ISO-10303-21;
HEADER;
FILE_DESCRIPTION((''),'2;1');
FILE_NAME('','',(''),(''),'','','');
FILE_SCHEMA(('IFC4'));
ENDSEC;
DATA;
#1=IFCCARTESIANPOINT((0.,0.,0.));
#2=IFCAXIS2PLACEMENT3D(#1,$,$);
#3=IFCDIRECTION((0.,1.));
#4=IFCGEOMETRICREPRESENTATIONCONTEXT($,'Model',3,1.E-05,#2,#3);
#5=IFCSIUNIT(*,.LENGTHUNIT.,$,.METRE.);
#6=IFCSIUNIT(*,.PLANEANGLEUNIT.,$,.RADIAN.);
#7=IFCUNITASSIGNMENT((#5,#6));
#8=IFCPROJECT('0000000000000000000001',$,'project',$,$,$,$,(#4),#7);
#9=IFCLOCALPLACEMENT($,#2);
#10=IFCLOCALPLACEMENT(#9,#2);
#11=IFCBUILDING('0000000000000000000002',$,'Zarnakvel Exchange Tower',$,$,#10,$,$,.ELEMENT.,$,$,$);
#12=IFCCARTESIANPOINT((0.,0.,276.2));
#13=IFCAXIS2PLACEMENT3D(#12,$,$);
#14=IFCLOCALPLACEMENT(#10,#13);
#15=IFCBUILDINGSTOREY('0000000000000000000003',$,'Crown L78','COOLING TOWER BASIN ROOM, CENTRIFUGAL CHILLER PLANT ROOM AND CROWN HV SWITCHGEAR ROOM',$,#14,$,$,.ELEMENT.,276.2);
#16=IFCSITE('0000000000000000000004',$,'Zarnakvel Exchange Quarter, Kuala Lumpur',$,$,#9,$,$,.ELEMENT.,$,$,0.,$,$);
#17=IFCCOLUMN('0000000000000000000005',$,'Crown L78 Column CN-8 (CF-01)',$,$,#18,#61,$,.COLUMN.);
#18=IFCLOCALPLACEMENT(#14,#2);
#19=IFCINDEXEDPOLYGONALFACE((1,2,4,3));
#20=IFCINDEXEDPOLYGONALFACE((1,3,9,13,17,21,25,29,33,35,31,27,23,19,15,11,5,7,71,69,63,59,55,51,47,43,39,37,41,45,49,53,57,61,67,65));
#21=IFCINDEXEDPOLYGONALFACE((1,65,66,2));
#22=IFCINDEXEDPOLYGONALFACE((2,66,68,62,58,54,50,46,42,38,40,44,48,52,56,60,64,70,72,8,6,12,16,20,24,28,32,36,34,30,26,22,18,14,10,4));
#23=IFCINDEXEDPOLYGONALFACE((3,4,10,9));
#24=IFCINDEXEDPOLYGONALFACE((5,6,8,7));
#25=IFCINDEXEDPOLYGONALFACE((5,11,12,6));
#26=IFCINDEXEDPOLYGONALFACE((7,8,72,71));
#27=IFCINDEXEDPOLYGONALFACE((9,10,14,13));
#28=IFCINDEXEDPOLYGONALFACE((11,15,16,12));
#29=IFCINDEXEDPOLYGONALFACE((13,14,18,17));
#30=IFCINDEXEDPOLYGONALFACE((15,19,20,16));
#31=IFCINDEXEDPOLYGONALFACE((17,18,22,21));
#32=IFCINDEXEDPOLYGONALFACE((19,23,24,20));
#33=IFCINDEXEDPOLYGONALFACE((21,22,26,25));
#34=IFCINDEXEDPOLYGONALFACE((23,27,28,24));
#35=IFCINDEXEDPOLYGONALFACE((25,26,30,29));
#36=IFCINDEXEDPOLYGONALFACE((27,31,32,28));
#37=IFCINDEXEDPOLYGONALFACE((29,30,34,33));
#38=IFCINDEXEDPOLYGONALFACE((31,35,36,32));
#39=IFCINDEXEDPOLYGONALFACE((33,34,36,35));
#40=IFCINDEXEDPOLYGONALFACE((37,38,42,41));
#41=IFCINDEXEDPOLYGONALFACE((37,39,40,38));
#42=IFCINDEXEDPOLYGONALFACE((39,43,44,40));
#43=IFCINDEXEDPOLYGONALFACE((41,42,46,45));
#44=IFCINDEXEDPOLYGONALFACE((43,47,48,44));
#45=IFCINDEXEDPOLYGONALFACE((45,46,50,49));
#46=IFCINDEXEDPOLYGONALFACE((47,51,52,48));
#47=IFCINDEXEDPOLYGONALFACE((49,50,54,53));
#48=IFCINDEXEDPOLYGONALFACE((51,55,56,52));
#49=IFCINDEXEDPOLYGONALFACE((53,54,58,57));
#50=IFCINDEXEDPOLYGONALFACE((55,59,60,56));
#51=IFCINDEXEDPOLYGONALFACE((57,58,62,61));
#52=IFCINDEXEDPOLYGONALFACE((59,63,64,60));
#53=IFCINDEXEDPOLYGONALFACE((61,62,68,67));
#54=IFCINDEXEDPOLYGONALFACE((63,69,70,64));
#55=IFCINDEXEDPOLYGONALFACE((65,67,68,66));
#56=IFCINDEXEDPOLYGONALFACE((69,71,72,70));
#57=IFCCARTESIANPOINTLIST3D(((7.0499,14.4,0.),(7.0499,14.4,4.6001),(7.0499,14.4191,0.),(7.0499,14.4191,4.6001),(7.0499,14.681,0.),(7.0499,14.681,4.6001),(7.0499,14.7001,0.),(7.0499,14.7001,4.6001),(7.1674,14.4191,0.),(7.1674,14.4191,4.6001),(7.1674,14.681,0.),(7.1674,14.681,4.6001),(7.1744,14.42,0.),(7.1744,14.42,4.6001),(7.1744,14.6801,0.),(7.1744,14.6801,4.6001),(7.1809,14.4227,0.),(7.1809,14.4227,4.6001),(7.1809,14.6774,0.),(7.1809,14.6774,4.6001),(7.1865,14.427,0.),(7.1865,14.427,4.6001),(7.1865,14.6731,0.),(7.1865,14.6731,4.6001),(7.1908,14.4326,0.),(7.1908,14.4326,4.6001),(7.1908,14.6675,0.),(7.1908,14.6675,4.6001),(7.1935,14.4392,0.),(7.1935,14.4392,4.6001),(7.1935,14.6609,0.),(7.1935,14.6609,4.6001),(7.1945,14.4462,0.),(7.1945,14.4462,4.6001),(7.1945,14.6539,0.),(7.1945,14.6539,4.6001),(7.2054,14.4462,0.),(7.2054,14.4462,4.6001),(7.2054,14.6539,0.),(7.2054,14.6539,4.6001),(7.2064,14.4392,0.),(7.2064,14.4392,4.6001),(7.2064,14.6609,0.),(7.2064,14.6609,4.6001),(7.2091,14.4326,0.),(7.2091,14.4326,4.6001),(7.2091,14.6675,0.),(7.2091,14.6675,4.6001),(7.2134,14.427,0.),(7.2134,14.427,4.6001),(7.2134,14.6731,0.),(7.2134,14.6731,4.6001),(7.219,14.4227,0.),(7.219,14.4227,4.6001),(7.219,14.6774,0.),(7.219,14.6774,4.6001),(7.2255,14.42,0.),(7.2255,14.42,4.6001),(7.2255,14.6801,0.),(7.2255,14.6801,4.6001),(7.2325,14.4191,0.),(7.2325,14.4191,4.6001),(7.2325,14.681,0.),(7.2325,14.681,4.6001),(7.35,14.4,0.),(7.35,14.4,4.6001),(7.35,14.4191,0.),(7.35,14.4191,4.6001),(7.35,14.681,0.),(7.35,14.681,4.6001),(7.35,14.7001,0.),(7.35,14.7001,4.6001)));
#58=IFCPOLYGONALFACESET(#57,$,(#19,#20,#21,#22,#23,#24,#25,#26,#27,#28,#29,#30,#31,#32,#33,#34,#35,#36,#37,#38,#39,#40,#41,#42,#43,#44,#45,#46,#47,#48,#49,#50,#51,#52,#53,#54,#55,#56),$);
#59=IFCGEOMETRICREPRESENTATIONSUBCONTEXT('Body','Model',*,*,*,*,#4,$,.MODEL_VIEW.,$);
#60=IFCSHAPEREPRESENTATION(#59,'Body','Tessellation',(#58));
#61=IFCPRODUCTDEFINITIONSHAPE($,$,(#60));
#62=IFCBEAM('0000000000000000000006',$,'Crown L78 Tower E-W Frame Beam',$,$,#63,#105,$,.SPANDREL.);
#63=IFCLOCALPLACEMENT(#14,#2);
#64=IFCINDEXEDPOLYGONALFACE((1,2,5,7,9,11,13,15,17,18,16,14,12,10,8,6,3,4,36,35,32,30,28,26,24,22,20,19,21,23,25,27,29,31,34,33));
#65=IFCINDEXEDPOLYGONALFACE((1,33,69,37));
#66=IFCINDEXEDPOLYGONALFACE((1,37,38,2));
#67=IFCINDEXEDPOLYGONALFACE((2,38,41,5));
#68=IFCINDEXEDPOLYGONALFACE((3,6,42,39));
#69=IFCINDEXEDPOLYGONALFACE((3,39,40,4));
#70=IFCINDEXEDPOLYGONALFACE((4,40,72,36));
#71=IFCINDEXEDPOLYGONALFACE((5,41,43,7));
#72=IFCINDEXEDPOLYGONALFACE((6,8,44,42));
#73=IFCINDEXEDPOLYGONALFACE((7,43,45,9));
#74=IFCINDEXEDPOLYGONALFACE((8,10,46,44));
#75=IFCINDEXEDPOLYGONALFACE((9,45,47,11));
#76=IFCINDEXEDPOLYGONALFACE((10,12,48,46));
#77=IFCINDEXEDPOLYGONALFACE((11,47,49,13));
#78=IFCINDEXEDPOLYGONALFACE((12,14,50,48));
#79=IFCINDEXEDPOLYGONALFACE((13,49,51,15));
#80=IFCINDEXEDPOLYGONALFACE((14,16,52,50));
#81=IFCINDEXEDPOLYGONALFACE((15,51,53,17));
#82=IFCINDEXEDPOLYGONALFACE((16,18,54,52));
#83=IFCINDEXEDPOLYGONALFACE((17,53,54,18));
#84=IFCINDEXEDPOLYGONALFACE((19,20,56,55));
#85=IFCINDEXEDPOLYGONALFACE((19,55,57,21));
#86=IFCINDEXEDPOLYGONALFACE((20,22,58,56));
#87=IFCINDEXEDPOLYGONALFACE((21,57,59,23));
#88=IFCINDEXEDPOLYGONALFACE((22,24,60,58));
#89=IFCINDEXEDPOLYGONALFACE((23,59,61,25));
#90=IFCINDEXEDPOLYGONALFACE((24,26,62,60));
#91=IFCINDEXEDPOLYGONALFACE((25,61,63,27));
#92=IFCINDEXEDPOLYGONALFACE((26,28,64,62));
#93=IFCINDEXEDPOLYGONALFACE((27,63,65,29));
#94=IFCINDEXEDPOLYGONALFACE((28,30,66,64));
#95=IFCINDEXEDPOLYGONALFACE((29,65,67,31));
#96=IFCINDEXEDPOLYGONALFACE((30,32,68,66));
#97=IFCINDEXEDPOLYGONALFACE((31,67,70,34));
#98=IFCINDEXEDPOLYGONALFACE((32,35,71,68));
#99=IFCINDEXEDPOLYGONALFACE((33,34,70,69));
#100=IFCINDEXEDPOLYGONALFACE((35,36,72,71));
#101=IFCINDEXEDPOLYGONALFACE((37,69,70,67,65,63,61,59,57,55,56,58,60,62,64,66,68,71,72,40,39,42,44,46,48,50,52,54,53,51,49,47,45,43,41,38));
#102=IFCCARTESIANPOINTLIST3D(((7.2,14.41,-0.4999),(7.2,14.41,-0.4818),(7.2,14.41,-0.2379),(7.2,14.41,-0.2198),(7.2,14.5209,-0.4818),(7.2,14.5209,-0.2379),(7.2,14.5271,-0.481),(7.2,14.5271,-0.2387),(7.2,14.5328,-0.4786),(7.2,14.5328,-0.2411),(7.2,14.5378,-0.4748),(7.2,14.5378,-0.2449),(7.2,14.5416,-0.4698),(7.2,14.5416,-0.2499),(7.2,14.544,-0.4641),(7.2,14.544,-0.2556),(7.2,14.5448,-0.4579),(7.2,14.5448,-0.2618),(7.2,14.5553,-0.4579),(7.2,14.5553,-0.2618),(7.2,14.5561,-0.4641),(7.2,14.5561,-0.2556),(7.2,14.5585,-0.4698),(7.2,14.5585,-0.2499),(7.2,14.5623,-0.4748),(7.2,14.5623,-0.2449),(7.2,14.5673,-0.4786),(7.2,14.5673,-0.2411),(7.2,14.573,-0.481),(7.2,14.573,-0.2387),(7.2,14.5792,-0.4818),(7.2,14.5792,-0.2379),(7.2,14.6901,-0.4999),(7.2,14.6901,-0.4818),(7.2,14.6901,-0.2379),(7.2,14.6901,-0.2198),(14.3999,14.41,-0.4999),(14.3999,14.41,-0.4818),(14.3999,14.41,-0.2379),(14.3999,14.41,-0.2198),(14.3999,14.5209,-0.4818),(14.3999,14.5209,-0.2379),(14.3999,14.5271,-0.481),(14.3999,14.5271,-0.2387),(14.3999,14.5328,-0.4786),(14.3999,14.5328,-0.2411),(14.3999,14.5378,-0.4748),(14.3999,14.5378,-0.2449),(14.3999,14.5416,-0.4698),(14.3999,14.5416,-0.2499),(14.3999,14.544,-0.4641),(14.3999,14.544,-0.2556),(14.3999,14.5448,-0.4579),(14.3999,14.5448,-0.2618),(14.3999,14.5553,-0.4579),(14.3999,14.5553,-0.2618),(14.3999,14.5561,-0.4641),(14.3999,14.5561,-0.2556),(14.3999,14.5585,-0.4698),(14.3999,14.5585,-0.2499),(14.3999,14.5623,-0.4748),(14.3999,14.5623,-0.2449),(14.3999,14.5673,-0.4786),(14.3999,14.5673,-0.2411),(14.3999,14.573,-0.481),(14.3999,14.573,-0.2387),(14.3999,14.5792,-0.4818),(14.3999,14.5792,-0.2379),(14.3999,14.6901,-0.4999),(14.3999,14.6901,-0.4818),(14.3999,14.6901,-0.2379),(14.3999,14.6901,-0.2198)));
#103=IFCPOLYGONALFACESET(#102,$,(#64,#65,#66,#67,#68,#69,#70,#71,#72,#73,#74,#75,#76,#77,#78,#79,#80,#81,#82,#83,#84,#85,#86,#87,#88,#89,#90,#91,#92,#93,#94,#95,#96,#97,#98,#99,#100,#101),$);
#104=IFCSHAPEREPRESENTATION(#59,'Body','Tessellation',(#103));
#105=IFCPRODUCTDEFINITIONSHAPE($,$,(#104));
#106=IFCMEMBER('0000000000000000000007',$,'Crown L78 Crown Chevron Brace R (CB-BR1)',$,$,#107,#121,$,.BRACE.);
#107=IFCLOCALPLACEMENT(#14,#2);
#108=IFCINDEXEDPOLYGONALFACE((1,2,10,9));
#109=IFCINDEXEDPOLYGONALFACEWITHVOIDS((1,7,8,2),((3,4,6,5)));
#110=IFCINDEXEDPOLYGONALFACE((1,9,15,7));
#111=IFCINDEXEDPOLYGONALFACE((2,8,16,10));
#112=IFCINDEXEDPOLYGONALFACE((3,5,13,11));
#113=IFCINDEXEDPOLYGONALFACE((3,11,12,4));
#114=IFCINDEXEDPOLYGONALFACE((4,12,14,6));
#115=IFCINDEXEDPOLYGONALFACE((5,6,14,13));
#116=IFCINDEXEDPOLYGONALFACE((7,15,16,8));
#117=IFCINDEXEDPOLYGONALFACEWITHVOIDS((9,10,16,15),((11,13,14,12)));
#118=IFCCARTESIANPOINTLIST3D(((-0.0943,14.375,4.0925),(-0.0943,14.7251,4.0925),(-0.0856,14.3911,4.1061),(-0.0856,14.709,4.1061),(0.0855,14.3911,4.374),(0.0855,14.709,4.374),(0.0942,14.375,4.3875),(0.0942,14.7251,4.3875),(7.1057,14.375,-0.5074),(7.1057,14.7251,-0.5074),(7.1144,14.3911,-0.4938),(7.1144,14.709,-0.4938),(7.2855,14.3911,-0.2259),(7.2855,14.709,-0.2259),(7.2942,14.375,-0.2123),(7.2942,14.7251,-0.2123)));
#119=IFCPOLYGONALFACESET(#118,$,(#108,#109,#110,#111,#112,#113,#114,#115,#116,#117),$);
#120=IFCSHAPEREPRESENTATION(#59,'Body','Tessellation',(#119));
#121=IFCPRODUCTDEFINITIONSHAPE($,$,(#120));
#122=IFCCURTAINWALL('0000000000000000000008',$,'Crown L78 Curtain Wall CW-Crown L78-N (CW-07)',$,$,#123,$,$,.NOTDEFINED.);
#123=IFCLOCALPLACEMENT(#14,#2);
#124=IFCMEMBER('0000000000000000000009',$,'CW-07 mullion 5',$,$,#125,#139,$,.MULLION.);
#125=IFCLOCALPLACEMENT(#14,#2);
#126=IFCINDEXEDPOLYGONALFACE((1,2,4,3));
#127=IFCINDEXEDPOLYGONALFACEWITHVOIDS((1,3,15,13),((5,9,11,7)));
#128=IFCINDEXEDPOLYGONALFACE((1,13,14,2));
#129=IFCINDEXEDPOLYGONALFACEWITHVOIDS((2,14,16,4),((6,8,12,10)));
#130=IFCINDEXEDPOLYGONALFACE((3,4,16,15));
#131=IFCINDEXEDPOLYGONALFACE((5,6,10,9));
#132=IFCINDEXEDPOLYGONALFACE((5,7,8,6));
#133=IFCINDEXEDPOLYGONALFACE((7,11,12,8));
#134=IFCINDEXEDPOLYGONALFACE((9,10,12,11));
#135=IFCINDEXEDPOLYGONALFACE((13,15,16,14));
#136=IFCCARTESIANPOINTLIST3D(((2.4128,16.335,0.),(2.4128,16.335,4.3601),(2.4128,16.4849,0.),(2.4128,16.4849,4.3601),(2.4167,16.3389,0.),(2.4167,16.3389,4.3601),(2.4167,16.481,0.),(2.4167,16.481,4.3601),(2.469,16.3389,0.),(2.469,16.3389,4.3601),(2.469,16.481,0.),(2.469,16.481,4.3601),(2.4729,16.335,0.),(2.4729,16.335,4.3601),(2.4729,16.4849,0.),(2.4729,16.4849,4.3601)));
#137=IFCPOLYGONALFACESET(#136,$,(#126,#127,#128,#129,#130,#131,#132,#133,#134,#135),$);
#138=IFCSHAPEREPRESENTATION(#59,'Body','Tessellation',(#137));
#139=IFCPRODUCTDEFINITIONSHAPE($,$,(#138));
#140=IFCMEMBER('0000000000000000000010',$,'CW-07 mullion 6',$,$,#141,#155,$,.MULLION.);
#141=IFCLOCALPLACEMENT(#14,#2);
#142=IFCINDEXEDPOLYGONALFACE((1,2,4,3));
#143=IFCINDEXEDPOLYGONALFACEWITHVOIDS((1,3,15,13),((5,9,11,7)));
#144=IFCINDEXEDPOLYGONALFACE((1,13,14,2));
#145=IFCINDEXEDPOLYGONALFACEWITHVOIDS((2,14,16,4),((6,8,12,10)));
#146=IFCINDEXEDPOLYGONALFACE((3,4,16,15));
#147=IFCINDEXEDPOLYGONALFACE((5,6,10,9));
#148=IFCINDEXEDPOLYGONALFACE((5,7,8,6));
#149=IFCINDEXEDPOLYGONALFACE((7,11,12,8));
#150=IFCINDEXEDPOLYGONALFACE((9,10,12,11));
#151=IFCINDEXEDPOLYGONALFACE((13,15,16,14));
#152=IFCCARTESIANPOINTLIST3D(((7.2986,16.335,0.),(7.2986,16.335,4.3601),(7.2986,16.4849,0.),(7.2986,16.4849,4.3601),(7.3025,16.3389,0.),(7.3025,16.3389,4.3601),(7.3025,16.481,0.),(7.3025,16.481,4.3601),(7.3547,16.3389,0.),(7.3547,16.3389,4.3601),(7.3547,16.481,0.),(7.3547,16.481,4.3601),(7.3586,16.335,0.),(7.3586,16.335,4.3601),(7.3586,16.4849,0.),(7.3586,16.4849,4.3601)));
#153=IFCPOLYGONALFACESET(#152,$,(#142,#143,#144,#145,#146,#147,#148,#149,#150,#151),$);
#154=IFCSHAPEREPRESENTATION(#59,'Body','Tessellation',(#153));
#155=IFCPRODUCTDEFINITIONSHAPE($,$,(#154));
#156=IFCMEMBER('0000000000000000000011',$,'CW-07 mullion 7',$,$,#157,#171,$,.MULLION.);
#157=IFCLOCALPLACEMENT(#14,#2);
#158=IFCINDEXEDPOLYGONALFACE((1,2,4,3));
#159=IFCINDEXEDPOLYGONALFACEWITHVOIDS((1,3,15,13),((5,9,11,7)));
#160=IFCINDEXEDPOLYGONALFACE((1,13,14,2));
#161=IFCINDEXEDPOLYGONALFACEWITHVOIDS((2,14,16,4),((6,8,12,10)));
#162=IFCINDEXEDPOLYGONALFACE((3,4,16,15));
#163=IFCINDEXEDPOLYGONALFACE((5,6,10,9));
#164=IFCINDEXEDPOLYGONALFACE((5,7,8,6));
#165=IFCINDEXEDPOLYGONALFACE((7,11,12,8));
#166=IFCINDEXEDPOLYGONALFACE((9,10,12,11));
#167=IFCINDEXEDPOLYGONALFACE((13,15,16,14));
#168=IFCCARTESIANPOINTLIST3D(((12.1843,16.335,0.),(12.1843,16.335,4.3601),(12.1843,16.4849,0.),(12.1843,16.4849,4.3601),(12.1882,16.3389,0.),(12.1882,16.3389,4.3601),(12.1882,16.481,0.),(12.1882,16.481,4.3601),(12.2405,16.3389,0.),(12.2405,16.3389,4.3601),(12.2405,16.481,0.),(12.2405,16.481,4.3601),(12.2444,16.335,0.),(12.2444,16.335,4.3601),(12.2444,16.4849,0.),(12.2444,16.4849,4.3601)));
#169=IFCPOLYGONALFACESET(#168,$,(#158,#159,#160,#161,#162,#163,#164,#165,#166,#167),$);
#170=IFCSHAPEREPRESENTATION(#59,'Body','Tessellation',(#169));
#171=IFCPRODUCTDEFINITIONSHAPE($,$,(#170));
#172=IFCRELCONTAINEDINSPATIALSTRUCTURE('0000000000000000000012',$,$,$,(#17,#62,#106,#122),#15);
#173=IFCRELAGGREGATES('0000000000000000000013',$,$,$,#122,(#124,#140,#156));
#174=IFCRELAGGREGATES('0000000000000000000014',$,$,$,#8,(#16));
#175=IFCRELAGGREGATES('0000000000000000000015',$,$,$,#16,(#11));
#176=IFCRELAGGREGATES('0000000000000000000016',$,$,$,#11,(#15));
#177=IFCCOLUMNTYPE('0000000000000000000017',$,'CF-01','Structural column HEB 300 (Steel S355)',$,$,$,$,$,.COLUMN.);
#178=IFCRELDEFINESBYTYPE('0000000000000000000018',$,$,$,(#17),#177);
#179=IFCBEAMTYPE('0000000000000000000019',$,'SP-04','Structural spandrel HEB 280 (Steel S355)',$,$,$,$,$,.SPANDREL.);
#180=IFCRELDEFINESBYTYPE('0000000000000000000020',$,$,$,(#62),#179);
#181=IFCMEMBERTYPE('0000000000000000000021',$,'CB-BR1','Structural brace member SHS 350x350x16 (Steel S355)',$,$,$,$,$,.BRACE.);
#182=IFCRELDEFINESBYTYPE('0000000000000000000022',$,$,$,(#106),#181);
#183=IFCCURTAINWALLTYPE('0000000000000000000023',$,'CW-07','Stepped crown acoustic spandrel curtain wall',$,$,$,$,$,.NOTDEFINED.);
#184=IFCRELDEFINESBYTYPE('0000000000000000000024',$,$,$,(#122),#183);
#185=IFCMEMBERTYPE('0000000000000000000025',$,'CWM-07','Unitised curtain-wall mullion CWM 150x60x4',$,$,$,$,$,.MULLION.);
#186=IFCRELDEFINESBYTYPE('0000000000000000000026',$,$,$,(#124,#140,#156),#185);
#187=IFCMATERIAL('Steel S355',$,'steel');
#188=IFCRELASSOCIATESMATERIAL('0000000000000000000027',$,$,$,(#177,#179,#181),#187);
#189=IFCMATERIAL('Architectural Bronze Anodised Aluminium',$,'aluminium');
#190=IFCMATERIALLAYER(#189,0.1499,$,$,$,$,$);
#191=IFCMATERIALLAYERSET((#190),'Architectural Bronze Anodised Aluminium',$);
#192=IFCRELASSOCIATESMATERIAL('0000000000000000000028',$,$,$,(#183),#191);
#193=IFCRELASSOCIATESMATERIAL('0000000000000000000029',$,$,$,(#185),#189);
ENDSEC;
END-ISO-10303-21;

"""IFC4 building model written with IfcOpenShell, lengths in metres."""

from ifc_helpers import new_model, si_unit, direction, frame, origin, origin_2d, place, context, subcontext, project, spatial, hollow_rectangle, i_section, extrude, source, transform, mapped, material, layer, layer_set, material_profile, profile_set, type_object, element, aggregate, save


model = new_model("IFC4")

# Units and contexts
model_context = context("Model", 3, precision=1e-05, world=origin(), true_north=direction((0.0, 1.0)))
body_context = subcontext(model_context, "Body", "Model", "MODEL_VIEW")
ifc_project = project(units=[si_unit("LENGTHUNIT", "METRE"), si_unit("PLANEANGLEUNIT", "RADIAN")], contexts=[model_context])

# Site, building, storey
site_placement = place(None, origin())
site = spatial("IfcSite", under=ifc_project, at=site_placement, Name="Zarnakvel Exchange Quarter, Kuala Lumpur", CompositionType="ELEMENT", RefElevation=0.0)
building_placement = place(site_placement, origin())
building = spatial("IfcBuilding", under=site, at=building_placement, Name="Zarnakvel Exchange Tower", CompositionType="ELEMENT")
storey_placement = place(building_placement, frame((0.0, 0.0, 276.2)))
storey = spatial("IfcBuildingStorey", under=building, at=storey_placement, Name="Crown L78", Description="COOLING TOWER BASIN ROOM, CENTRIFUGAL CHILLER PLANT ROOM AND CROWN HV SWITCHGEAR ROOM", CompositionType="ELEMENT", Elevation=276.2)

# Column
ifc_material_1 = material(Name="Steel S355", Category="steel")
ifc_material_profile_1 = material_profile(ifc_material_1, i_section(OverallWidth=0.3, OverallDepth=0.3, WebThickness=0.011, FlangeThickness=0.019, FilletRadius=0.0271, at=origin_2d()))
ifc_profile_set_1 = profile_set([ifc_material_profile_1], Name="Steel S355")
column_type = type_object("IfcColumnType", Name="CF-01", Description="Structural column HEB 300 (Steel S355)", PredefinedType="COLUMN", material=ifc_profile_set_1)
column_placement = place(storey_placement, frame((7.2, 14.55, 0.0), z_axis=(0.0, 0.0, 1.0), x_axis=(1.0, 0.0, 0.0)))
element("IfcColumn", 1, at=column_placement, inside=storey, type_object=column_type, Name="Crown L78 Column CN-8 (CF-01)", PredefinedType="COLUMN", context=body_context, shape_type="SweptSolid", body=[
    extrude(i_section(OverallWidth=0.3, OverallDepth=0.3, WebThickness=0.011, FlangeThickness=0.019, FilletRadius=0.0271, at=origin_2d()), origin(), (0.0, 0.0, 1.0), 4.6001),
])

# Beam
ifc_material_profile_2 = material_profile(ifc_material_1, i_section(OverallWidth=0.28, OverallDepth=0.28, WebThickness=0.0105, FlangeThickness=0.0181, FilletRadius=0.0239, at=origin_2d()))
ifc_profile_set_2 = profile_set([ifc_material_profile_2], Name="Steel S355")
beam_type = type_object("IfcBeamType", Name="SP-04", Description="Structural spandrel HEB 280 (Steel S355)", PredefinedType="SPANDREL", material=ifc_profile_set_2)
beam_placement = place(storey_placement, frame((7.2, 14.55, -0.3599), z_axis=(1.0, 0.0, 0.0), x_axis=(0.0, 1.0, 0.0)))
element("IfcBeam", 2, at=beam_placement, inside=storey, type_object=beam_type, Name="Crown L78 Tower E-W Frame Beam", PredefinedType="SPANDREL", context=body_context, shape_type="SweptSolid", body=[
    extrude(i_section(OverallWidth=0.28, OverallDepth=0.28, WebThickness=0.0105, FlangeThickness=0.0181, FilletRadius=0.0239, at=origin_2d()), origin(), (0.0, 0.0, 1.0), 7.2),
])

# Member
ifc_material_profile_3 = material_profile(ifc_material_1, hollow_rectangle(XDim=0.3501, YDim=0.3501, WallThickness=0.0161, at=origin_2d()))
ifc_profile_set_3 = profile_set([ifc_material_profile_3], Name="Steel S355")
member_type_1 = type_object("IfcMemberType", Name="CB-BR1", Description="Structural brace member SHS 350x350x16 (Steel S355)", PredefinedType="BRACE", material=ifc_profile_set_3)
shared_shape_1 = source(origin(), body_context, "Body", "SweptSolid", [
    extrude(hollow_rectangle(XDim=0.3501, YDim=0.3501, WallThickness=0.0161, at=origin_2d()), origin(), (0.0, 0.0, 1.0), 8.5439),
])
member_1_placement = place(storey_placement, frame((7.2, 14.55, -0.3599), z_axis=(-0.842702, 0.0, 0.53838), x_axis=(0.0, -1.0, 0.0)))
element("IfcMember", 3, at=member_1_placement, inside=storey, type_object=member_type_1, Name="Crown L78 Crown Chevron Brace R (CB-BR1)", PredefinedType="BRACE", context=body_context, shape_type="MappedRepresentation", body=[
    mapped(shared_shape_1, transform((0.0, 0.0, 0.0), x_axis=(1.0, 0.0, 0.0), y_axis=(0.0, 1.0, 0.0), z_axis=(0.0, 0.0, 1.0), scale=1.0)),
])

# Curtain wall, members
ifc_material_2 = material(Name="Architectural Bronze Anodised Aluminium", Category="aluminium")
ifc_layer_1 = layer(ifc_material_2, 0.1499)
ifc_layer_set_1 = layer_set([ifc_layer_1], Name="Architectural Bronze Anodised Aluminium")
curtain_wall_type = type_object("IfcCurtainWallType", Name="CW-07", Description="Stepped crown acoustic spandrel curtain wall", PredefinedType="NOTDEFINED", material=ifc_layer_set_1)
curtain_wall_placement = place(storey_placement, origin())
curtain_wall = element("IfcCurtainWall", 4, at=curtain_wall_placement, inside=storey, type_object=curtain_wall_type, Name="Crown L78 Curtain Wall CW-Crown L78-N (CW-07)", PredefinedType="NOTDEFINED")
ifc_material_profile_4 = material_profile(ifc_material_2, hollow_rectangle(XDim=0.1499, YDim=0.0601, WallThickness=0.0039, at=origin_2d()))
ifc_profile_set_4 = profile_set([ifc_material_profile_4], Name="Architectural Bronze Anodised Aluminium")
member_type_2 = type_object("IfcMemberType", Name="CWM-07", Description="Unitised curtain-wall mullion CWM 150x60x4", PredefinedType="MULLION", material=ifc_profile_set_4)
shared_shape_2 = source(origin(), body_context, "Body", "SweptSolid", [
    extrude(hollow_rectangle(XDim=0.1499, YDim=0.0601, WallThickness=0.0039, at=origin_2d()), origin(), (0.0, 0.0, 1.0), 4.3601),
])
member_2_placement = place(storey_placement, frame((2.4429, 16.4099, 0.0), z_axis=(0.0, 0.0, 1.0), x_axis=(0.0, 1.0, 0.0)))
member_2 = element("IfcMember", 5, at=member_2_placement, type_object=member_type_2, Name="CW-07 mullion 5", PredefinedType="MULLION", context=body_context, shape_type="MappedRepresentation", body=[
    mapped(shared_shape_2, transform((0.0, 0.0, 0.0), x_axis=(1.0, 0.0, 0.0), y_axis=(0.0, 1.0, 0.0), z_axis=(0.0, 0.0, 1.0), scale=1.0)),
])
member_3_placement = place(storey_placement, frame((7.3286, 16.4099, 0.0), z_axis=(0.0, 0.0, 1.0), x_axis=(0.0, 1.0, 0.0)))
member_3 = element("IfcMember", 6, at=member_3_placement, type_object=member_type_2, Name="CW-07 mullion 6", PredefinedType="MULLION", context=body_context, shape_type="MappedRepresentation", body=[
    mapped(shared_shape_2, transform((0.0, 0.0, 0.0), x_axis=(1.0, 0.0, 0.0), y_axis=(0.0, 1.0, 0.0), z_axis=(0.0, 0.0, 1.0), scale=1.0)),
])
member_4_placement = place(storey_placement, frame((12.2144, 16.4099, 0.0), z_axis=(0.0, 0.0, 1.0), x_axis=(0.0, 1.0, 0.0)))
member_4 = element("IfcMember", 7, at=member_4_placement, type_object=member_type_2, Name="CW-07 mullion 7", PredefinedType="MULLION", context=body_context, shape_type="MappedRepresentation", body=[
    mapped(shared_shape_2, transform((0.0, 0.0, 0.0), x_axis=(1.0, 0.0, 0.0), y_axis=(0.0, 1.0, 0.0), z_axis=(0.0, 0.0, 1.0), scale=1.0)),
])

aggregate(curtain_wall, [member_2, member_3, member_4])

save(model, "model.ifc")
